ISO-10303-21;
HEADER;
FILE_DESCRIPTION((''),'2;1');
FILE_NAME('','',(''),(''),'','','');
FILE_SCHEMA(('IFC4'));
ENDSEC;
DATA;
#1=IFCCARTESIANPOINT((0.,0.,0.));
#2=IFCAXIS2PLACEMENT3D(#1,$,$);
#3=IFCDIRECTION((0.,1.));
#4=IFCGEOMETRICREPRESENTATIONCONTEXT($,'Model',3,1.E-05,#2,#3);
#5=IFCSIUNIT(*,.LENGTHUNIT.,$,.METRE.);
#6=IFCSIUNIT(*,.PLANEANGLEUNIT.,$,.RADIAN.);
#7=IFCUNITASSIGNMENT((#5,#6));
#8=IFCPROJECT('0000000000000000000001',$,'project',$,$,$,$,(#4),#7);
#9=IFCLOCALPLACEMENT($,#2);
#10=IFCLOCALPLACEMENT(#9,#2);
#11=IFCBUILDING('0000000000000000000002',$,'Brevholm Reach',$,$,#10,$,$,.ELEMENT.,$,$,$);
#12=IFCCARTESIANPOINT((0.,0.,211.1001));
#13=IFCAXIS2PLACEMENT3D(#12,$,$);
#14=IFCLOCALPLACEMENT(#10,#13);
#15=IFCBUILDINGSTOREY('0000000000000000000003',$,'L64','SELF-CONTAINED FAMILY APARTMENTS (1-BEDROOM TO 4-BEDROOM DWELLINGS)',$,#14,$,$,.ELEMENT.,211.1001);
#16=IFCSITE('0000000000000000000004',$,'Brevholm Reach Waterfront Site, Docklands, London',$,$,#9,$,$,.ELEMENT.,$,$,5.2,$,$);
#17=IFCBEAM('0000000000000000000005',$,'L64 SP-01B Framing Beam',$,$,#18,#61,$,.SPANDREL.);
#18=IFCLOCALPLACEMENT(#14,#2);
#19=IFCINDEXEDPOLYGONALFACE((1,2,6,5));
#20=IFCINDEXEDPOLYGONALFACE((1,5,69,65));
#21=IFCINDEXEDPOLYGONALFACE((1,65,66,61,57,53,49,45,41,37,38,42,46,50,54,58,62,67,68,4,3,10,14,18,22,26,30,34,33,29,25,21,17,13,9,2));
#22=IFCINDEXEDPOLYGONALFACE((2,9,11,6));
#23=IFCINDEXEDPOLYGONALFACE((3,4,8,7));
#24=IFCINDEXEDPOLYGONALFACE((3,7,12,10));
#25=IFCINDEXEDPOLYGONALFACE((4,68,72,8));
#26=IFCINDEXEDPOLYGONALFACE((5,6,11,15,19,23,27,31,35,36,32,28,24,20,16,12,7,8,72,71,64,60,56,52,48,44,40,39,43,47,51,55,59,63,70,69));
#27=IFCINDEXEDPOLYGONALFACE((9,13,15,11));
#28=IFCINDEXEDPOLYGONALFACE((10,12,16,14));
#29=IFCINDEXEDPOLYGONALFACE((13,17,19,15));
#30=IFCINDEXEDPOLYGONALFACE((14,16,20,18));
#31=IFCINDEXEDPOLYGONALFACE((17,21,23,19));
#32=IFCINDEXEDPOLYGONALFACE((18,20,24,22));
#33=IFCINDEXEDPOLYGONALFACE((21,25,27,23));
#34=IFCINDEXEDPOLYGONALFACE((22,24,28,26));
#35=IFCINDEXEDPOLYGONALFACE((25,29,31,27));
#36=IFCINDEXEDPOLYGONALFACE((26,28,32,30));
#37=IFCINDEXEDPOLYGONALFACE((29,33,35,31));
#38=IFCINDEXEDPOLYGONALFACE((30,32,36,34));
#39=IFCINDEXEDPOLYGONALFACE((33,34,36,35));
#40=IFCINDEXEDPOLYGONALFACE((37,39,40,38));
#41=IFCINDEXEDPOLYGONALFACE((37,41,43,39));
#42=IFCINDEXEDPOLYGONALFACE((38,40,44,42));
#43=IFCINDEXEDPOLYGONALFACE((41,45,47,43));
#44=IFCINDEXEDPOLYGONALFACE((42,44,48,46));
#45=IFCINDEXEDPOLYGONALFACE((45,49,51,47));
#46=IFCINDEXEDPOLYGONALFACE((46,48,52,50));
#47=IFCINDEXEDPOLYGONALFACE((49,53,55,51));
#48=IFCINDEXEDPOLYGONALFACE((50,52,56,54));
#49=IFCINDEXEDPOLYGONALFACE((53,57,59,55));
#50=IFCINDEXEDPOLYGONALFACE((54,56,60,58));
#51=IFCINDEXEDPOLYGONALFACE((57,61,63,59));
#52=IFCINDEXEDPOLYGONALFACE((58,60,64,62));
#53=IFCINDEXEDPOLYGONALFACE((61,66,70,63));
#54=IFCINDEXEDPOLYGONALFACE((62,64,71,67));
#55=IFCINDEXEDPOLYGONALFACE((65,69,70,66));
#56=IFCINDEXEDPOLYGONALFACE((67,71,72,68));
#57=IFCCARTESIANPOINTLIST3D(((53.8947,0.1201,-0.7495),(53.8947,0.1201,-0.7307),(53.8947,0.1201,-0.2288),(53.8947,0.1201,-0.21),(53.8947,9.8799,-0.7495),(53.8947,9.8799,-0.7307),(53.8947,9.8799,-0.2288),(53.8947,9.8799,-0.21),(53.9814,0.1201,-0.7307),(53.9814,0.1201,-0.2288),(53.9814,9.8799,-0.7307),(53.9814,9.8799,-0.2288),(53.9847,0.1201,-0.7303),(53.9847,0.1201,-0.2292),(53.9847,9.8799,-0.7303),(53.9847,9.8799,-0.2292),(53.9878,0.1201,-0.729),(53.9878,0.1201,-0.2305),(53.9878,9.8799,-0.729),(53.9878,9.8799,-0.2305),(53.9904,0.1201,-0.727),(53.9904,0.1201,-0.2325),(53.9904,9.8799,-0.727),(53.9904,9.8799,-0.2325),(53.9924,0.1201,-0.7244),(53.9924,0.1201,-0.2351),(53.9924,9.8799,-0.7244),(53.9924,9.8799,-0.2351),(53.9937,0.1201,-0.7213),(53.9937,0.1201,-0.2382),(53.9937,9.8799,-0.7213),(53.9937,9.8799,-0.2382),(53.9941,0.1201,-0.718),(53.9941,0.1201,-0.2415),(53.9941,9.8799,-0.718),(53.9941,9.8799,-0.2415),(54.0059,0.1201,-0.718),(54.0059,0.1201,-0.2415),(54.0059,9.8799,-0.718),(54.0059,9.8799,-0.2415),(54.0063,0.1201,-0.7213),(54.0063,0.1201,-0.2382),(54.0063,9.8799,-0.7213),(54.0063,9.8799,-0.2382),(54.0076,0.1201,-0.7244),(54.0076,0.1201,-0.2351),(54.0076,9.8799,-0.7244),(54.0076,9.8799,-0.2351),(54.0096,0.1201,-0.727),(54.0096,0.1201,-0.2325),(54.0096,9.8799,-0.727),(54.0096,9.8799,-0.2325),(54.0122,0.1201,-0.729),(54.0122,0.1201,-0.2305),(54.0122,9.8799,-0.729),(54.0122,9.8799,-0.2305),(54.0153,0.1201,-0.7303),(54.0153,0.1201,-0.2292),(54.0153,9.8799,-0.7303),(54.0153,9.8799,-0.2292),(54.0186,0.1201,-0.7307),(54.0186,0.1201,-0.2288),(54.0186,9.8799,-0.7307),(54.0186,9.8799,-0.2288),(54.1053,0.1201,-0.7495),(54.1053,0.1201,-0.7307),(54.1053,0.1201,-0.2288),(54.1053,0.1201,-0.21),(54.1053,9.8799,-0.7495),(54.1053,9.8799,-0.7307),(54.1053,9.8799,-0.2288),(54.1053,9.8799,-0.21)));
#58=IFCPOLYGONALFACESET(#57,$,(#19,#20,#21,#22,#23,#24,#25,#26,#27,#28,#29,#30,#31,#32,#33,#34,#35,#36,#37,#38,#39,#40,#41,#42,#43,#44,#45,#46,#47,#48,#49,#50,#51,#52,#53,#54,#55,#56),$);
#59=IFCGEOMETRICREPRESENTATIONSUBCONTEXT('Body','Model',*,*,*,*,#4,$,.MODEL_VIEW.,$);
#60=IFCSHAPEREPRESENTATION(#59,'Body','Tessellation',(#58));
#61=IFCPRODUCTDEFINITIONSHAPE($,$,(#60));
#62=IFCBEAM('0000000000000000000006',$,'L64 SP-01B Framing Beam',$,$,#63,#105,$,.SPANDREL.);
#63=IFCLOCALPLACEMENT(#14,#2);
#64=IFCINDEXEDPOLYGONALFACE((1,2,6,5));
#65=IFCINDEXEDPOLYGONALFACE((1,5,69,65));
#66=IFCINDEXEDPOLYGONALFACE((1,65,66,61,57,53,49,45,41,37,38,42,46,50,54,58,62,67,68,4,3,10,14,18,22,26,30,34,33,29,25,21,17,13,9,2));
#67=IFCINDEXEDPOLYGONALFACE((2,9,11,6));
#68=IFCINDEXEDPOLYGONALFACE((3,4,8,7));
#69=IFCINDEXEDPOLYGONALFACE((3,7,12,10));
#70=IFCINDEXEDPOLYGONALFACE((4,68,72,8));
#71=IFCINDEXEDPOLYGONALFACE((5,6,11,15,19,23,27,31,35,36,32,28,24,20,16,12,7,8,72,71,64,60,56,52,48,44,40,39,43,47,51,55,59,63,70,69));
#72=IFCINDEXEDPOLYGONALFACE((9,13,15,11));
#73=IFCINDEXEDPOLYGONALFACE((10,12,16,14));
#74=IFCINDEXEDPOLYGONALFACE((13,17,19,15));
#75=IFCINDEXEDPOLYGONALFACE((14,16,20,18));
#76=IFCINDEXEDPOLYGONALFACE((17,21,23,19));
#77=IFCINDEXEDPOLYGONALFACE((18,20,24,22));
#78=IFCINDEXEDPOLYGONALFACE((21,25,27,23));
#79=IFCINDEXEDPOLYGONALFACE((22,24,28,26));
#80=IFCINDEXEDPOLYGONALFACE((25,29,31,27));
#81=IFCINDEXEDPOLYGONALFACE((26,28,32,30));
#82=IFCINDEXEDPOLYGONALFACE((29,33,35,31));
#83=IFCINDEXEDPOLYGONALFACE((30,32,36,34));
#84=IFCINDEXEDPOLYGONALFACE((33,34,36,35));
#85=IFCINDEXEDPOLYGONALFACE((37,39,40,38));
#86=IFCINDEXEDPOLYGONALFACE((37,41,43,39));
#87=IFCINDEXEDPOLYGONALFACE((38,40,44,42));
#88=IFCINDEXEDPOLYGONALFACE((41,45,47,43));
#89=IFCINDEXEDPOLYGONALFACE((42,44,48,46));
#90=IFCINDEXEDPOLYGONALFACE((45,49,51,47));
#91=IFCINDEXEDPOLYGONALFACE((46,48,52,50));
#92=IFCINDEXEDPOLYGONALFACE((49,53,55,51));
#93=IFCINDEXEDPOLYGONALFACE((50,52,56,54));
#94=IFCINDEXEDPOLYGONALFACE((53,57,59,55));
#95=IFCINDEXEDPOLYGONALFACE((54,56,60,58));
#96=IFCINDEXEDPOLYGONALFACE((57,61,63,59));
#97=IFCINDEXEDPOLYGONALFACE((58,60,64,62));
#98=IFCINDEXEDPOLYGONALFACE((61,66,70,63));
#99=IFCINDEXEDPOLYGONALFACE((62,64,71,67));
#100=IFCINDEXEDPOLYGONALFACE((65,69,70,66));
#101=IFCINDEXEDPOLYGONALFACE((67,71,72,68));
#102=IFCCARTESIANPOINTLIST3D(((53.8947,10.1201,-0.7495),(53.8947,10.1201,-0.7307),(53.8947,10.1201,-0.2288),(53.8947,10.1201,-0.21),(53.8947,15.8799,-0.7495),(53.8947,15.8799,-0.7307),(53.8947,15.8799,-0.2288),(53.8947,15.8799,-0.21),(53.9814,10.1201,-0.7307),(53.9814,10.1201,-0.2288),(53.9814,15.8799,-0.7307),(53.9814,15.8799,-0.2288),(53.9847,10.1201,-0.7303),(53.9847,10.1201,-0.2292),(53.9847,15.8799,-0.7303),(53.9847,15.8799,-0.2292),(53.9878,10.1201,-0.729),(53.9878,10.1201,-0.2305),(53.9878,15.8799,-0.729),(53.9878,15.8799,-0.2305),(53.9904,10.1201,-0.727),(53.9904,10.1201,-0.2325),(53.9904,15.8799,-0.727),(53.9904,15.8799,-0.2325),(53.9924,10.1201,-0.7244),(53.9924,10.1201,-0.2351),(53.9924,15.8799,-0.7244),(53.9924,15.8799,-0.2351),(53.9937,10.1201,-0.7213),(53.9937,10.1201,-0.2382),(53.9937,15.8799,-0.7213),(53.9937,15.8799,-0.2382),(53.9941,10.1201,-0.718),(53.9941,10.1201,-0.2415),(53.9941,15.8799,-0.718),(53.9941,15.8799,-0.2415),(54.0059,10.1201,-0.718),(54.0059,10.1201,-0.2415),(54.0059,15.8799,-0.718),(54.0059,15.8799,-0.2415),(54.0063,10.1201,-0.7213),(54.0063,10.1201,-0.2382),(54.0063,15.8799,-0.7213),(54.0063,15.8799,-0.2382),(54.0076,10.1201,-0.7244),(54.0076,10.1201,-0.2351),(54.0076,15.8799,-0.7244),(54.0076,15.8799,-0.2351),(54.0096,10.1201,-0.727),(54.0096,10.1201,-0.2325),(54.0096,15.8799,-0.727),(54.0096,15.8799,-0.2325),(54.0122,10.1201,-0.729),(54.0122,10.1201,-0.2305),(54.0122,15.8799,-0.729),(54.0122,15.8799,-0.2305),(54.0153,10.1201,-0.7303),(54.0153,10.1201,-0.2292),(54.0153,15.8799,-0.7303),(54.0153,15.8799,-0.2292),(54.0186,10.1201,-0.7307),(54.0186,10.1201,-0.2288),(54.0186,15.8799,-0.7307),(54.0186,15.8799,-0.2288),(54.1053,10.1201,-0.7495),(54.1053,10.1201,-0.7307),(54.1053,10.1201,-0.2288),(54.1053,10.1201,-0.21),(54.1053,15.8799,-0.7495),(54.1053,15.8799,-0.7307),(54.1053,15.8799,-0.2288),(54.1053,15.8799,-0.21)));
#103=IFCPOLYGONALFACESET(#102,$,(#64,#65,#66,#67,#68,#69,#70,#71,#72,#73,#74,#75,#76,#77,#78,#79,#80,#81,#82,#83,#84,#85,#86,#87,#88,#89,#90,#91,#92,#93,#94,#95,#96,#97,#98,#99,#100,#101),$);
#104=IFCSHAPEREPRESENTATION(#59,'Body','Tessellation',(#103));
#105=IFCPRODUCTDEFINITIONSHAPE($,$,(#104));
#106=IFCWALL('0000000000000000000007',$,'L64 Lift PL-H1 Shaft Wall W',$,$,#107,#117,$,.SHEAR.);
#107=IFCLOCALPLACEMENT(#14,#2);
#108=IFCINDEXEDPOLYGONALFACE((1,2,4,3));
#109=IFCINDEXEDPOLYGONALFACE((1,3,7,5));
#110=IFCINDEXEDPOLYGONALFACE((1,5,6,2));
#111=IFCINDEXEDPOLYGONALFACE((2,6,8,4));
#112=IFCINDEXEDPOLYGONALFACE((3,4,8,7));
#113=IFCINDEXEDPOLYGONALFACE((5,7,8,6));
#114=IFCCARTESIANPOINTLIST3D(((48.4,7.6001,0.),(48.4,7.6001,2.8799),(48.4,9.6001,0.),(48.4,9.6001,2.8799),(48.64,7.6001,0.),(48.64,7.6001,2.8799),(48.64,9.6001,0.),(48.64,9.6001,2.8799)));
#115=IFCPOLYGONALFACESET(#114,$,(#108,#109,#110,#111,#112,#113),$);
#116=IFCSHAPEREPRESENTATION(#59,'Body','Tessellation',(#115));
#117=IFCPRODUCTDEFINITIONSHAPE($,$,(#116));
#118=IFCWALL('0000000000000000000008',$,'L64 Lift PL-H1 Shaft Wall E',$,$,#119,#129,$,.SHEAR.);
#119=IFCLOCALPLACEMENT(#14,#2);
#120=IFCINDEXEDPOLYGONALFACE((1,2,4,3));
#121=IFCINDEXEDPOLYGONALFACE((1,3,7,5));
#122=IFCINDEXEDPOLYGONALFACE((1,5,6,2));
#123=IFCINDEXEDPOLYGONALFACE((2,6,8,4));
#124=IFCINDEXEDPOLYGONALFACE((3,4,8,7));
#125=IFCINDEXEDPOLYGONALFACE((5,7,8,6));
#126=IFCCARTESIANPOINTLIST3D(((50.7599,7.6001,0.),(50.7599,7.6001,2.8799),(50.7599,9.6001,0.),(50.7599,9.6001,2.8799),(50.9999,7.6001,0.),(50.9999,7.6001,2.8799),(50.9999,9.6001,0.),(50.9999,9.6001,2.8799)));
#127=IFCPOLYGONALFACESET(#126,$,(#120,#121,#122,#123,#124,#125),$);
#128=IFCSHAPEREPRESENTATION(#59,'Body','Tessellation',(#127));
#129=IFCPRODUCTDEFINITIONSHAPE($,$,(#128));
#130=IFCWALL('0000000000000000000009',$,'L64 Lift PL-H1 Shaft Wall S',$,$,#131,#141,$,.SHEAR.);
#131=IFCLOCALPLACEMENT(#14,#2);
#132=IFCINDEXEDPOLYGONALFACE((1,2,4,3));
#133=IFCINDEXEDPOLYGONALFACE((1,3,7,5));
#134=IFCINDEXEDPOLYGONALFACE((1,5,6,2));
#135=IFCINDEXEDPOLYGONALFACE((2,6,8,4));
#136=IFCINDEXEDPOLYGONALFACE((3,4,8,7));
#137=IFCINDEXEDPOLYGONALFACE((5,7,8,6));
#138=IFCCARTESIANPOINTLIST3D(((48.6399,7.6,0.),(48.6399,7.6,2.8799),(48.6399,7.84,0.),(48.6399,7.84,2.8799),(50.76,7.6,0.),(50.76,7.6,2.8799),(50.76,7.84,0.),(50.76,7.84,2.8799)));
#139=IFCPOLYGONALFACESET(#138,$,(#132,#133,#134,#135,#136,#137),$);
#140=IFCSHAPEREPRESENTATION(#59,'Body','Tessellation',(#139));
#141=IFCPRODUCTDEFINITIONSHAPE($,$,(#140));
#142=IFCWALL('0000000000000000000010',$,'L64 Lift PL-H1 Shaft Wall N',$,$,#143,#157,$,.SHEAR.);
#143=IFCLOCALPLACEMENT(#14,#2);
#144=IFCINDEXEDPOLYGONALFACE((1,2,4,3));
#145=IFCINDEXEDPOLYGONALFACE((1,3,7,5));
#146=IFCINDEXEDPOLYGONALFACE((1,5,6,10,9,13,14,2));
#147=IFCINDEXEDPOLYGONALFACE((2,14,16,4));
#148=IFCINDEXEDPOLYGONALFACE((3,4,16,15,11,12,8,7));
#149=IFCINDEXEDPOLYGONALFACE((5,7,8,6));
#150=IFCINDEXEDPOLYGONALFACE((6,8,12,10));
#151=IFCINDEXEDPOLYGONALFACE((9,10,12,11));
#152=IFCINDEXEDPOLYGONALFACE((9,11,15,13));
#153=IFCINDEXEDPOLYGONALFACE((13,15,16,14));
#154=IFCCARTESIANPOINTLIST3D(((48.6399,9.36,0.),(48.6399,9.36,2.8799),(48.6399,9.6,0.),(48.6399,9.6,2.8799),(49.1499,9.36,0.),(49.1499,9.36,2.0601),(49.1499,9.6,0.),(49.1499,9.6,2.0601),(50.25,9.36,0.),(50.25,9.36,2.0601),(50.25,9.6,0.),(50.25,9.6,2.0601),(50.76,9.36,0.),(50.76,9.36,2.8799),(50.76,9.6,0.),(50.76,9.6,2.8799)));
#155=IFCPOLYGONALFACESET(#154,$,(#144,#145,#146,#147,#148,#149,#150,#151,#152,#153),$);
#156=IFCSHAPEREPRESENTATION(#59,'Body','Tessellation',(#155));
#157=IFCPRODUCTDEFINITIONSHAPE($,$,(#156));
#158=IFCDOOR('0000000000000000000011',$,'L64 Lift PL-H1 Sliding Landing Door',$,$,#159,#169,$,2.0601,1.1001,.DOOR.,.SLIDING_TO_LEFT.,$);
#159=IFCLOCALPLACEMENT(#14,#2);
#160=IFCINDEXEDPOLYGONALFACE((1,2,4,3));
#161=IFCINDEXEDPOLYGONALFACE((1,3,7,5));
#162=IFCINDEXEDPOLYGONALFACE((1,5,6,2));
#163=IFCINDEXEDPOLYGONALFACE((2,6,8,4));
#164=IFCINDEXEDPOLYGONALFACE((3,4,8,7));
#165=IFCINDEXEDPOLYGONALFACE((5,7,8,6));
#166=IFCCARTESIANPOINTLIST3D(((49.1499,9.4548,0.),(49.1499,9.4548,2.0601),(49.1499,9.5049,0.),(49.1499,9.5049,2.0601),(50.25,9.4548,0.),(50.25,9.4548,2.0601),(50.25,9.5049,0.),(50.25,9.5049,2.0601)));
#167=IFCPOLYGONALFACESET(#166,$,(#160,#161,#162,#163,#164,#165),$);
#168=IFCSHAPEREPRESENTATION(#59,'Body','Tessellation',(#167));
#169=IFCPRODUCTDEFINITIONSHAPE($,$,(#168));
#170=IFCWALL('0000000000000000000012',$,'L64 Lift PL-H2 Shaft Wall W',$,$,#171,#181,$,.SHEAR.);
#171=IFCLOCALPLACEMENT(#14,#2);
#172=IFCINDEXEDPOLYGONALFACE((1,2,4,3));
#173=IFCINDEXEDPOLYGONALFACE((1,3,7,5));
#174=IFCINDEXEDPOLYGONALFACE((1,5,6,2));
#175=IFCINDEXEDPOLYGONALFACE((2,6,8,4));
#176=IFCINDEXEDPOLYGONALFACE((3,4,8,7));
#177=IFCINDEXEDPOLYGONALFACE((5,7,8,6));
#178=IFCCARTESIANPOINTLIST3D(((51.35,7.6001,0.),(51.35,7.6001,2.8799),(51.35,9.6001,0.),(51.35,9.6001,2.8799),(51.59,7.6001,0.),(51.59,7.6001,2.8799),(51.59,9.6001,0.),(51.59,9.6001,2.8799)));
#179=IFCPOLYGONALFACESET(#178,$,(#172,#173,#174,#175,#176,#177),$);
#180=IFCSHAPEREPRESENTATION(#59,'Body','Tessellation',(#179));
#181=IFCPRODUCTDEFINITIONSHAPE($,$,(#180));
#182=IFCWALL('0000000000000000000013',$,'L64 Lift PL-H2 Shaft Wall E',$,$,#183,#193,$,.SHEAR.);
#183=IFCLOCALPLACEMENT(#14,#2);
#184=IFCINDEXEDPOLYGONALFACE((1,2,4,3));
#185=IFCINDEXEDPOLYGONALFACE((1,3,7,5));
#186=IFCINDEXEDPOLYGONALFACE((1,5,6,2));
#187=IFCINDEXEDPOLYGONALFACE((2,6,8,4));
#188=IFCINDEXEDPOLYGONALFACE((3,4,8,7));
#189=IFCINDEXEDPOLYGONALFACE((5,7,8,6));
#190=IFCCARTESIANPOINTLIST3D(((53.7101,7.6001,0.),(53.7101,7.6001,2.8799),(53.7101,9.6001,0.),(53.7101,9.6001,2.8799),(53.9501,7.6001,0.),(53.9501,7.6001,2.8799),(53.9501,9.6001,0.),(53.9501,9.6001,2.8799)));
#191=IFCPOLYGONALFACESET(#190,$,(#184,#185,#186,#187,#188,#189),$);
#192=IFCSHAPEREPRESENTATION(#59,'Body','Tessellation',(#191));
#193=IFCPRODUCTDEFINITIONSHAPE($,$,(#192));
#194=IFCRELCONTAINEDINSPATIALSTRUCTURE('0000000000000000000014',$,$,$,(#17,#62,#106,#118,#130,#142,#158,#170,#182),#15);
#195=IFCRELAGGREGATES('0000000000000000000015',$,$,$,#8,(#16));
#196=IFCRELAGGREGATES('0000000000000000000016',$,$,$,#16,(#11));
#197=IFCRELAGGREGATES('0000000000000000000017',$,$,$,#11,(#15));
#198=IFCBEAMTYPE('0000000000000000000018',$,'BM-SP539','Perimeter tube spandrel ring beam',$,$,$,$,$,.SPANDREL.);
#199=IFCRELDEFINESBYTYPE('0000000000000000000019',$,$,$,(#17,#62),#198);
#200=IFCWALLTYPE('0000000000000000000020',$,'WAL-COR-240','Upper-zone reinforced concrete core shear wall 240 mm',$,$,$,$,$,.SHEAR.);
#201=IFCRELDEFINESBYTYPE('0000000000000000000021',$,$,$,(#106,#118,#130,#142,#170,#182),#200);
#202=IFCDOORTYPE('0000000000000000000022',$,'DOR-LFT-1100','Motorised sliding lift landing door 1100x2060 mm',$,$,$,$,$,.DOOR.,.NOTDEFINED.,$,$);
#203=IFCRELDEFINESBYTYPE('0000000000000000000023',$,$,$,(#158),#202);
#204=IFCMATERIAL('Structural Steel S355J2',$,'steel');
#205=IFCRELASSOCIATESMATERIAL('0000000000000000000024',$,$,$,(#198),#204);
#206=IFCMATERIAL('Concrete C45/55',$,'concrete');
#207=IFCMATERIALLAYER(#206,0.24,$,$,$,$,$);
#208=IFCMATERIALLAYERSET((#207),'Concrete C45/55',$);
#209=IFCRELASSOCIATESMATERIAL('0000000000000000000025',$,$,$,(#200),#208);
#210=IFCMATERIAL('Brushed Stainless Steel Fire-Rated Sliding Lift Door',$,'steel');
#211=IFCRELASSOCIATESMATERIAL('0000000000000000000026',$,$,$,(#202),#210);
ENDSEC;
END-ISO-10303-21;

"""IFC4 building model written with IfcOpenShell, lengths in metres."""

from ifc_helpers import new_model, si_unit, direction, frame, frame_2d, origin, origin_2d, place, context, subcontext, project, spatial, rectangle, i_section, extrude, material, layer, layer_set, material_profile, profile_set, type_object, element, fill, save


model = new_model("IFC4")

# Units and contexts
model_context = context("Model", 3, precision=1e-05, world=origin(), true_north=direction((0.0, 1.0)))
body_context = subcontext(model_context, "Body", "Model", "MODEL_VIEW")
ifc_project = project(units=[si_unit("LENGTHUNIT", "METRE"), si_unit("PLANEANGLEUNIT", "RADIAN")], contexts=[model_context])

# Site, building, storey
site_placement = place(None, origin())
site = spatial("IfcSite", under=ifc_project, at=site_placement, Name="Brevholm Reach Waterfront Site, Docklands, London", CompositionType="ELEMENT", RefElevation=5.2)
building_placement = place(site_placement, origin())
building = spatial("IfcBuilding", under=site, at=building_placement, Name="Brevholm Reach", CompositionType="ELEMENT")
storey_placement = place(building_placement, frame((0.0, 0.0, 211.1001)))
storey = spatial("IfcBuildingStorey", under=building, at=storey_placement, Name="L64", Description="SELF-CONTAINED FAMILY APARTMENTS (1-BEDROOM TO 4-BEDROOM DWELLINGS)", CompositionType="ELEMENT", Elevation=211.1001)

# Beams
ifc_material_1 = material(Name="Structural Steel S355J2", Category="steel")
ifc_material_profile_1 = material_profile(ifc_material_1, i_section(OverallWidth=0.2107, OverallDepth=0.5396, WebThickness=0.0117, FlangeThickness=0.0188, FilletRadius=0.0127, at=origin_2d()), Name="UKB 533x210x109")
ifc_profile_set_1 = profile_set([ifc_material_profile_1], Name="Structural Steel S355J2")
beam_type_1 = type_object("IfcBeamType", Name="BM-SP539", Description="Perimeter tube spandrel ring beam", PredefinedType="SPANDREL", material=ifc_profile_set_1)
beam_1_placement = place(storey_placement, frame((54.0, 0.1201, -0.4797), z_axis=(0.0, 1.0, 0.0), x_axis=(-1.0, 0.0, 0.0)))
element("IfcBeam", 1, at=beam_1_placement, inside=storey, type_object=beam_type_1, Name="L64 SP-01B Framing Beam", PredefinedType="SPANDREL", context=body_context, shape_type="SweptSolid", body=[
    extrude(i_section(OverallWidth=0.2107, OverallDepth=0.5396, WebThickness=0.0117, FlangeThickness=0.0188, FilletRadius=0.0127, at=origin_2d()), origin(), (0.0, 0.0, 1.0), 9.7598),
])
beam_2_placement = place(storey_placement, frame((54.0, 10.1201, -0.4797), z_axis=(0.0, 1.0, 0.0), x_axis=(-1.0, 0.0, 0.0)))
element("IfcBeam", 2, at=beam_2_placement, inside=storey, type_object=beam_type_1, Name="L64 SP-01B Framing Beam", PredefinedType="SPANDREL", context=body_context, shape_type="SweptSolid", body=[
    extrude(i_section(OverallWidth=0.2107, OverallDepth=0.5396, WebThickness=0.0117, FlangeThickness=0.0188, FilletRadius=0.0127, at=origin_2d()), origin(), (0.0, 0.0, 1.0), 5.7598),
])

# Walls
ifc_material_2 = material(Name="Concrete C45/55", Category="concrete")
ifc_layer_1 = layer(ifc_material_2, 0.24)
ifc_layer_set_1 = layer_set([ifc_layer_1], Name="Concrete C45/55")
wall_type_1 = type_object("IfcWallType", Name="WAL-COR-240", Description="Upper-zone reinforced concrete core shear wall 240 mm", PredefinedType="SHEAR", material=ifc_layer_set_1)
for number, where, z_axis, x_axis, name in (
    (3, (48.52, 7.6001, 0.0), (0.0, 0.0, 1.0), (0.0, 1.0, 0.0), "L64 Lift PL-H1 Shaft Wall W"),
    (4, (50.8799, 7.6001, 0.0), (0.0, 0.0, 1.0), (0.0, 1.0, 0.0), "L64 Lift PL-H1 Shaft Wall E"),
):
    element("IfcWall", number, at=place(storey_placement, frame(where, z_axis=z_axis, x_axis=x_axis)), inside=storey, type_object=wall_type_1, Name=name, PredefinedType="SHEAR", context=body_context, shape_type="SweptSolid", body=[
        extrude(rectangle(XDim=2.0, YDim=0.24, at=frame_2d((1.0, 0.0))), origin(), (0.0, 0.0, 1.0), 2.8799),
    ])
wall_1_placement = place(storey_placement, frame((48.6399, 7.72, 0.0), z_axis=(0.0, 0.0, 1.0), x_axis=(1.0, 0.0, 0.0)))
element("IfcWall", 5, at=wall_1_placement, inside=storey, type_object=wall_type_1, Name="L64 Lift PL-H1 Shaft Wall S", PredefinedType="SHEAR", context=body_context, shape_type="SweptSolid", body=[
    extrude(rectangle(XDim=2.1201, YDim=0.24, at=frame_2d((1.0601, 0.0))), origin(), (0.0, 0.0, 1.0), 2.8799),
])

# Wall, opening, door
wall_2_placement = place(storey_placement, frame((48.6399, 9.48, 0.0), z_axis=(0.0, 0.0, 1.0), x_axis=(1.0, 0.0, 0.0)))
wall_2 = element("IfcWall", 6, at=wall_2_placement, inside=storey, type_object=wall_type_1, Name="L64 Lift PL-H1 Shaft Wall N", PredefinedType="SHEAR", context=body_context, shape_type="SweptSolid", body=[
    extrude(rectangle(XDim=2.1201, YDim=0.24, at=frame_2d((1.0601, 0.0))), origin(), (0.0, 0.0, 1.0), 2.8799),
])
opening_1_placement = place(wall_2_placement, frame((0.51, 0.0, 0.0)))
opening_1 = element("IfcOpeningElement", 7, at=opening_1_placement, cuts=wall_2, PredefinedType="OPENING", context=body_context, shape_type="SweptSolid", body=[
    extrude(rectangle(XDim=1.1001, YDim=2.0601, at=frame_2d((0.55, 1.03))), frame((0.0, 0.1299, 0.0), z_axis=(0.0, -1.0, 0.0), x_axis=(1.0, 0.0, 0.0)), (0.0, 0.0, 1.0), 0.26),
])
ifc_material_3 = material(Name="Brushed Stainless Steel Fire-Rated Sliding Lift Door", Category="steel")
door_type_1 = type_object("IfcDoorType", Name="DOR-LFT-1100", Description="Motorised sliding lift landing door 1100x2060 mm", OperationType="NOTDEFINED", PredefinedType="DOOR", material=ifc_material_3)
door_1_placement = place(opening_1_placement, origin())
door_1 = element("IfcDoor", 8, at=door_1_placement, inside=storey, type_object=door_type_1, Name="L64 Lift PL-H1 Sliding Landing Door", OperationType="SLIDING_TO_LEFT", OverallHeight=2.0601, OverallWidth=1.1001, PredefinedType="DOOR", context=body_context, shape_type="SweptSolid", body=[
    extrude(rectangle(XDim=1.1001, YDim=2.0601, at=frame_2d((0.55, 1.03))), frame((0.0, 0.0249, 0.0), z_axis=(0.0, -1.0, 0.0), x_axis=(1.0, 0.0, 0.0)), (0.0, 0.0, 1.0), 0.05),
])
fill(opening_1, door_1)

# Walls
for number, where, z_axis, x_axis, name in (
    (9, (51.47, 7.6001, 0.0), (0.0, 0.0, 1.0), (0.0, 1.0, 0.0), "L64 Lift PL-H2 Shaft Wall W"),
    (10, (53.8301, 7.6001, 0.0), (0.0, 0.0, 1.0), (0.0, 1.0, 0.0), "L64 Lift PL-H2 Shaft Wall E"),
):
    element("IfcWall", number, at=place(storey_placement, frame(where, z_axis=z_axis, x_axis=x_axis)), inside=storey, type_object=wall_type_1, Name=name, PredefinedType="SHEAR", context=body_context, shape_type="SweptSolid", body=[
        extrude(rectangle(XDim=2.0, YDim=0.24, at=frame_2d((1.0, 0.0))), origin(), (0.0, 0.0, 1.0), 2.8799),
    ])

save(model, "model.ifc")
